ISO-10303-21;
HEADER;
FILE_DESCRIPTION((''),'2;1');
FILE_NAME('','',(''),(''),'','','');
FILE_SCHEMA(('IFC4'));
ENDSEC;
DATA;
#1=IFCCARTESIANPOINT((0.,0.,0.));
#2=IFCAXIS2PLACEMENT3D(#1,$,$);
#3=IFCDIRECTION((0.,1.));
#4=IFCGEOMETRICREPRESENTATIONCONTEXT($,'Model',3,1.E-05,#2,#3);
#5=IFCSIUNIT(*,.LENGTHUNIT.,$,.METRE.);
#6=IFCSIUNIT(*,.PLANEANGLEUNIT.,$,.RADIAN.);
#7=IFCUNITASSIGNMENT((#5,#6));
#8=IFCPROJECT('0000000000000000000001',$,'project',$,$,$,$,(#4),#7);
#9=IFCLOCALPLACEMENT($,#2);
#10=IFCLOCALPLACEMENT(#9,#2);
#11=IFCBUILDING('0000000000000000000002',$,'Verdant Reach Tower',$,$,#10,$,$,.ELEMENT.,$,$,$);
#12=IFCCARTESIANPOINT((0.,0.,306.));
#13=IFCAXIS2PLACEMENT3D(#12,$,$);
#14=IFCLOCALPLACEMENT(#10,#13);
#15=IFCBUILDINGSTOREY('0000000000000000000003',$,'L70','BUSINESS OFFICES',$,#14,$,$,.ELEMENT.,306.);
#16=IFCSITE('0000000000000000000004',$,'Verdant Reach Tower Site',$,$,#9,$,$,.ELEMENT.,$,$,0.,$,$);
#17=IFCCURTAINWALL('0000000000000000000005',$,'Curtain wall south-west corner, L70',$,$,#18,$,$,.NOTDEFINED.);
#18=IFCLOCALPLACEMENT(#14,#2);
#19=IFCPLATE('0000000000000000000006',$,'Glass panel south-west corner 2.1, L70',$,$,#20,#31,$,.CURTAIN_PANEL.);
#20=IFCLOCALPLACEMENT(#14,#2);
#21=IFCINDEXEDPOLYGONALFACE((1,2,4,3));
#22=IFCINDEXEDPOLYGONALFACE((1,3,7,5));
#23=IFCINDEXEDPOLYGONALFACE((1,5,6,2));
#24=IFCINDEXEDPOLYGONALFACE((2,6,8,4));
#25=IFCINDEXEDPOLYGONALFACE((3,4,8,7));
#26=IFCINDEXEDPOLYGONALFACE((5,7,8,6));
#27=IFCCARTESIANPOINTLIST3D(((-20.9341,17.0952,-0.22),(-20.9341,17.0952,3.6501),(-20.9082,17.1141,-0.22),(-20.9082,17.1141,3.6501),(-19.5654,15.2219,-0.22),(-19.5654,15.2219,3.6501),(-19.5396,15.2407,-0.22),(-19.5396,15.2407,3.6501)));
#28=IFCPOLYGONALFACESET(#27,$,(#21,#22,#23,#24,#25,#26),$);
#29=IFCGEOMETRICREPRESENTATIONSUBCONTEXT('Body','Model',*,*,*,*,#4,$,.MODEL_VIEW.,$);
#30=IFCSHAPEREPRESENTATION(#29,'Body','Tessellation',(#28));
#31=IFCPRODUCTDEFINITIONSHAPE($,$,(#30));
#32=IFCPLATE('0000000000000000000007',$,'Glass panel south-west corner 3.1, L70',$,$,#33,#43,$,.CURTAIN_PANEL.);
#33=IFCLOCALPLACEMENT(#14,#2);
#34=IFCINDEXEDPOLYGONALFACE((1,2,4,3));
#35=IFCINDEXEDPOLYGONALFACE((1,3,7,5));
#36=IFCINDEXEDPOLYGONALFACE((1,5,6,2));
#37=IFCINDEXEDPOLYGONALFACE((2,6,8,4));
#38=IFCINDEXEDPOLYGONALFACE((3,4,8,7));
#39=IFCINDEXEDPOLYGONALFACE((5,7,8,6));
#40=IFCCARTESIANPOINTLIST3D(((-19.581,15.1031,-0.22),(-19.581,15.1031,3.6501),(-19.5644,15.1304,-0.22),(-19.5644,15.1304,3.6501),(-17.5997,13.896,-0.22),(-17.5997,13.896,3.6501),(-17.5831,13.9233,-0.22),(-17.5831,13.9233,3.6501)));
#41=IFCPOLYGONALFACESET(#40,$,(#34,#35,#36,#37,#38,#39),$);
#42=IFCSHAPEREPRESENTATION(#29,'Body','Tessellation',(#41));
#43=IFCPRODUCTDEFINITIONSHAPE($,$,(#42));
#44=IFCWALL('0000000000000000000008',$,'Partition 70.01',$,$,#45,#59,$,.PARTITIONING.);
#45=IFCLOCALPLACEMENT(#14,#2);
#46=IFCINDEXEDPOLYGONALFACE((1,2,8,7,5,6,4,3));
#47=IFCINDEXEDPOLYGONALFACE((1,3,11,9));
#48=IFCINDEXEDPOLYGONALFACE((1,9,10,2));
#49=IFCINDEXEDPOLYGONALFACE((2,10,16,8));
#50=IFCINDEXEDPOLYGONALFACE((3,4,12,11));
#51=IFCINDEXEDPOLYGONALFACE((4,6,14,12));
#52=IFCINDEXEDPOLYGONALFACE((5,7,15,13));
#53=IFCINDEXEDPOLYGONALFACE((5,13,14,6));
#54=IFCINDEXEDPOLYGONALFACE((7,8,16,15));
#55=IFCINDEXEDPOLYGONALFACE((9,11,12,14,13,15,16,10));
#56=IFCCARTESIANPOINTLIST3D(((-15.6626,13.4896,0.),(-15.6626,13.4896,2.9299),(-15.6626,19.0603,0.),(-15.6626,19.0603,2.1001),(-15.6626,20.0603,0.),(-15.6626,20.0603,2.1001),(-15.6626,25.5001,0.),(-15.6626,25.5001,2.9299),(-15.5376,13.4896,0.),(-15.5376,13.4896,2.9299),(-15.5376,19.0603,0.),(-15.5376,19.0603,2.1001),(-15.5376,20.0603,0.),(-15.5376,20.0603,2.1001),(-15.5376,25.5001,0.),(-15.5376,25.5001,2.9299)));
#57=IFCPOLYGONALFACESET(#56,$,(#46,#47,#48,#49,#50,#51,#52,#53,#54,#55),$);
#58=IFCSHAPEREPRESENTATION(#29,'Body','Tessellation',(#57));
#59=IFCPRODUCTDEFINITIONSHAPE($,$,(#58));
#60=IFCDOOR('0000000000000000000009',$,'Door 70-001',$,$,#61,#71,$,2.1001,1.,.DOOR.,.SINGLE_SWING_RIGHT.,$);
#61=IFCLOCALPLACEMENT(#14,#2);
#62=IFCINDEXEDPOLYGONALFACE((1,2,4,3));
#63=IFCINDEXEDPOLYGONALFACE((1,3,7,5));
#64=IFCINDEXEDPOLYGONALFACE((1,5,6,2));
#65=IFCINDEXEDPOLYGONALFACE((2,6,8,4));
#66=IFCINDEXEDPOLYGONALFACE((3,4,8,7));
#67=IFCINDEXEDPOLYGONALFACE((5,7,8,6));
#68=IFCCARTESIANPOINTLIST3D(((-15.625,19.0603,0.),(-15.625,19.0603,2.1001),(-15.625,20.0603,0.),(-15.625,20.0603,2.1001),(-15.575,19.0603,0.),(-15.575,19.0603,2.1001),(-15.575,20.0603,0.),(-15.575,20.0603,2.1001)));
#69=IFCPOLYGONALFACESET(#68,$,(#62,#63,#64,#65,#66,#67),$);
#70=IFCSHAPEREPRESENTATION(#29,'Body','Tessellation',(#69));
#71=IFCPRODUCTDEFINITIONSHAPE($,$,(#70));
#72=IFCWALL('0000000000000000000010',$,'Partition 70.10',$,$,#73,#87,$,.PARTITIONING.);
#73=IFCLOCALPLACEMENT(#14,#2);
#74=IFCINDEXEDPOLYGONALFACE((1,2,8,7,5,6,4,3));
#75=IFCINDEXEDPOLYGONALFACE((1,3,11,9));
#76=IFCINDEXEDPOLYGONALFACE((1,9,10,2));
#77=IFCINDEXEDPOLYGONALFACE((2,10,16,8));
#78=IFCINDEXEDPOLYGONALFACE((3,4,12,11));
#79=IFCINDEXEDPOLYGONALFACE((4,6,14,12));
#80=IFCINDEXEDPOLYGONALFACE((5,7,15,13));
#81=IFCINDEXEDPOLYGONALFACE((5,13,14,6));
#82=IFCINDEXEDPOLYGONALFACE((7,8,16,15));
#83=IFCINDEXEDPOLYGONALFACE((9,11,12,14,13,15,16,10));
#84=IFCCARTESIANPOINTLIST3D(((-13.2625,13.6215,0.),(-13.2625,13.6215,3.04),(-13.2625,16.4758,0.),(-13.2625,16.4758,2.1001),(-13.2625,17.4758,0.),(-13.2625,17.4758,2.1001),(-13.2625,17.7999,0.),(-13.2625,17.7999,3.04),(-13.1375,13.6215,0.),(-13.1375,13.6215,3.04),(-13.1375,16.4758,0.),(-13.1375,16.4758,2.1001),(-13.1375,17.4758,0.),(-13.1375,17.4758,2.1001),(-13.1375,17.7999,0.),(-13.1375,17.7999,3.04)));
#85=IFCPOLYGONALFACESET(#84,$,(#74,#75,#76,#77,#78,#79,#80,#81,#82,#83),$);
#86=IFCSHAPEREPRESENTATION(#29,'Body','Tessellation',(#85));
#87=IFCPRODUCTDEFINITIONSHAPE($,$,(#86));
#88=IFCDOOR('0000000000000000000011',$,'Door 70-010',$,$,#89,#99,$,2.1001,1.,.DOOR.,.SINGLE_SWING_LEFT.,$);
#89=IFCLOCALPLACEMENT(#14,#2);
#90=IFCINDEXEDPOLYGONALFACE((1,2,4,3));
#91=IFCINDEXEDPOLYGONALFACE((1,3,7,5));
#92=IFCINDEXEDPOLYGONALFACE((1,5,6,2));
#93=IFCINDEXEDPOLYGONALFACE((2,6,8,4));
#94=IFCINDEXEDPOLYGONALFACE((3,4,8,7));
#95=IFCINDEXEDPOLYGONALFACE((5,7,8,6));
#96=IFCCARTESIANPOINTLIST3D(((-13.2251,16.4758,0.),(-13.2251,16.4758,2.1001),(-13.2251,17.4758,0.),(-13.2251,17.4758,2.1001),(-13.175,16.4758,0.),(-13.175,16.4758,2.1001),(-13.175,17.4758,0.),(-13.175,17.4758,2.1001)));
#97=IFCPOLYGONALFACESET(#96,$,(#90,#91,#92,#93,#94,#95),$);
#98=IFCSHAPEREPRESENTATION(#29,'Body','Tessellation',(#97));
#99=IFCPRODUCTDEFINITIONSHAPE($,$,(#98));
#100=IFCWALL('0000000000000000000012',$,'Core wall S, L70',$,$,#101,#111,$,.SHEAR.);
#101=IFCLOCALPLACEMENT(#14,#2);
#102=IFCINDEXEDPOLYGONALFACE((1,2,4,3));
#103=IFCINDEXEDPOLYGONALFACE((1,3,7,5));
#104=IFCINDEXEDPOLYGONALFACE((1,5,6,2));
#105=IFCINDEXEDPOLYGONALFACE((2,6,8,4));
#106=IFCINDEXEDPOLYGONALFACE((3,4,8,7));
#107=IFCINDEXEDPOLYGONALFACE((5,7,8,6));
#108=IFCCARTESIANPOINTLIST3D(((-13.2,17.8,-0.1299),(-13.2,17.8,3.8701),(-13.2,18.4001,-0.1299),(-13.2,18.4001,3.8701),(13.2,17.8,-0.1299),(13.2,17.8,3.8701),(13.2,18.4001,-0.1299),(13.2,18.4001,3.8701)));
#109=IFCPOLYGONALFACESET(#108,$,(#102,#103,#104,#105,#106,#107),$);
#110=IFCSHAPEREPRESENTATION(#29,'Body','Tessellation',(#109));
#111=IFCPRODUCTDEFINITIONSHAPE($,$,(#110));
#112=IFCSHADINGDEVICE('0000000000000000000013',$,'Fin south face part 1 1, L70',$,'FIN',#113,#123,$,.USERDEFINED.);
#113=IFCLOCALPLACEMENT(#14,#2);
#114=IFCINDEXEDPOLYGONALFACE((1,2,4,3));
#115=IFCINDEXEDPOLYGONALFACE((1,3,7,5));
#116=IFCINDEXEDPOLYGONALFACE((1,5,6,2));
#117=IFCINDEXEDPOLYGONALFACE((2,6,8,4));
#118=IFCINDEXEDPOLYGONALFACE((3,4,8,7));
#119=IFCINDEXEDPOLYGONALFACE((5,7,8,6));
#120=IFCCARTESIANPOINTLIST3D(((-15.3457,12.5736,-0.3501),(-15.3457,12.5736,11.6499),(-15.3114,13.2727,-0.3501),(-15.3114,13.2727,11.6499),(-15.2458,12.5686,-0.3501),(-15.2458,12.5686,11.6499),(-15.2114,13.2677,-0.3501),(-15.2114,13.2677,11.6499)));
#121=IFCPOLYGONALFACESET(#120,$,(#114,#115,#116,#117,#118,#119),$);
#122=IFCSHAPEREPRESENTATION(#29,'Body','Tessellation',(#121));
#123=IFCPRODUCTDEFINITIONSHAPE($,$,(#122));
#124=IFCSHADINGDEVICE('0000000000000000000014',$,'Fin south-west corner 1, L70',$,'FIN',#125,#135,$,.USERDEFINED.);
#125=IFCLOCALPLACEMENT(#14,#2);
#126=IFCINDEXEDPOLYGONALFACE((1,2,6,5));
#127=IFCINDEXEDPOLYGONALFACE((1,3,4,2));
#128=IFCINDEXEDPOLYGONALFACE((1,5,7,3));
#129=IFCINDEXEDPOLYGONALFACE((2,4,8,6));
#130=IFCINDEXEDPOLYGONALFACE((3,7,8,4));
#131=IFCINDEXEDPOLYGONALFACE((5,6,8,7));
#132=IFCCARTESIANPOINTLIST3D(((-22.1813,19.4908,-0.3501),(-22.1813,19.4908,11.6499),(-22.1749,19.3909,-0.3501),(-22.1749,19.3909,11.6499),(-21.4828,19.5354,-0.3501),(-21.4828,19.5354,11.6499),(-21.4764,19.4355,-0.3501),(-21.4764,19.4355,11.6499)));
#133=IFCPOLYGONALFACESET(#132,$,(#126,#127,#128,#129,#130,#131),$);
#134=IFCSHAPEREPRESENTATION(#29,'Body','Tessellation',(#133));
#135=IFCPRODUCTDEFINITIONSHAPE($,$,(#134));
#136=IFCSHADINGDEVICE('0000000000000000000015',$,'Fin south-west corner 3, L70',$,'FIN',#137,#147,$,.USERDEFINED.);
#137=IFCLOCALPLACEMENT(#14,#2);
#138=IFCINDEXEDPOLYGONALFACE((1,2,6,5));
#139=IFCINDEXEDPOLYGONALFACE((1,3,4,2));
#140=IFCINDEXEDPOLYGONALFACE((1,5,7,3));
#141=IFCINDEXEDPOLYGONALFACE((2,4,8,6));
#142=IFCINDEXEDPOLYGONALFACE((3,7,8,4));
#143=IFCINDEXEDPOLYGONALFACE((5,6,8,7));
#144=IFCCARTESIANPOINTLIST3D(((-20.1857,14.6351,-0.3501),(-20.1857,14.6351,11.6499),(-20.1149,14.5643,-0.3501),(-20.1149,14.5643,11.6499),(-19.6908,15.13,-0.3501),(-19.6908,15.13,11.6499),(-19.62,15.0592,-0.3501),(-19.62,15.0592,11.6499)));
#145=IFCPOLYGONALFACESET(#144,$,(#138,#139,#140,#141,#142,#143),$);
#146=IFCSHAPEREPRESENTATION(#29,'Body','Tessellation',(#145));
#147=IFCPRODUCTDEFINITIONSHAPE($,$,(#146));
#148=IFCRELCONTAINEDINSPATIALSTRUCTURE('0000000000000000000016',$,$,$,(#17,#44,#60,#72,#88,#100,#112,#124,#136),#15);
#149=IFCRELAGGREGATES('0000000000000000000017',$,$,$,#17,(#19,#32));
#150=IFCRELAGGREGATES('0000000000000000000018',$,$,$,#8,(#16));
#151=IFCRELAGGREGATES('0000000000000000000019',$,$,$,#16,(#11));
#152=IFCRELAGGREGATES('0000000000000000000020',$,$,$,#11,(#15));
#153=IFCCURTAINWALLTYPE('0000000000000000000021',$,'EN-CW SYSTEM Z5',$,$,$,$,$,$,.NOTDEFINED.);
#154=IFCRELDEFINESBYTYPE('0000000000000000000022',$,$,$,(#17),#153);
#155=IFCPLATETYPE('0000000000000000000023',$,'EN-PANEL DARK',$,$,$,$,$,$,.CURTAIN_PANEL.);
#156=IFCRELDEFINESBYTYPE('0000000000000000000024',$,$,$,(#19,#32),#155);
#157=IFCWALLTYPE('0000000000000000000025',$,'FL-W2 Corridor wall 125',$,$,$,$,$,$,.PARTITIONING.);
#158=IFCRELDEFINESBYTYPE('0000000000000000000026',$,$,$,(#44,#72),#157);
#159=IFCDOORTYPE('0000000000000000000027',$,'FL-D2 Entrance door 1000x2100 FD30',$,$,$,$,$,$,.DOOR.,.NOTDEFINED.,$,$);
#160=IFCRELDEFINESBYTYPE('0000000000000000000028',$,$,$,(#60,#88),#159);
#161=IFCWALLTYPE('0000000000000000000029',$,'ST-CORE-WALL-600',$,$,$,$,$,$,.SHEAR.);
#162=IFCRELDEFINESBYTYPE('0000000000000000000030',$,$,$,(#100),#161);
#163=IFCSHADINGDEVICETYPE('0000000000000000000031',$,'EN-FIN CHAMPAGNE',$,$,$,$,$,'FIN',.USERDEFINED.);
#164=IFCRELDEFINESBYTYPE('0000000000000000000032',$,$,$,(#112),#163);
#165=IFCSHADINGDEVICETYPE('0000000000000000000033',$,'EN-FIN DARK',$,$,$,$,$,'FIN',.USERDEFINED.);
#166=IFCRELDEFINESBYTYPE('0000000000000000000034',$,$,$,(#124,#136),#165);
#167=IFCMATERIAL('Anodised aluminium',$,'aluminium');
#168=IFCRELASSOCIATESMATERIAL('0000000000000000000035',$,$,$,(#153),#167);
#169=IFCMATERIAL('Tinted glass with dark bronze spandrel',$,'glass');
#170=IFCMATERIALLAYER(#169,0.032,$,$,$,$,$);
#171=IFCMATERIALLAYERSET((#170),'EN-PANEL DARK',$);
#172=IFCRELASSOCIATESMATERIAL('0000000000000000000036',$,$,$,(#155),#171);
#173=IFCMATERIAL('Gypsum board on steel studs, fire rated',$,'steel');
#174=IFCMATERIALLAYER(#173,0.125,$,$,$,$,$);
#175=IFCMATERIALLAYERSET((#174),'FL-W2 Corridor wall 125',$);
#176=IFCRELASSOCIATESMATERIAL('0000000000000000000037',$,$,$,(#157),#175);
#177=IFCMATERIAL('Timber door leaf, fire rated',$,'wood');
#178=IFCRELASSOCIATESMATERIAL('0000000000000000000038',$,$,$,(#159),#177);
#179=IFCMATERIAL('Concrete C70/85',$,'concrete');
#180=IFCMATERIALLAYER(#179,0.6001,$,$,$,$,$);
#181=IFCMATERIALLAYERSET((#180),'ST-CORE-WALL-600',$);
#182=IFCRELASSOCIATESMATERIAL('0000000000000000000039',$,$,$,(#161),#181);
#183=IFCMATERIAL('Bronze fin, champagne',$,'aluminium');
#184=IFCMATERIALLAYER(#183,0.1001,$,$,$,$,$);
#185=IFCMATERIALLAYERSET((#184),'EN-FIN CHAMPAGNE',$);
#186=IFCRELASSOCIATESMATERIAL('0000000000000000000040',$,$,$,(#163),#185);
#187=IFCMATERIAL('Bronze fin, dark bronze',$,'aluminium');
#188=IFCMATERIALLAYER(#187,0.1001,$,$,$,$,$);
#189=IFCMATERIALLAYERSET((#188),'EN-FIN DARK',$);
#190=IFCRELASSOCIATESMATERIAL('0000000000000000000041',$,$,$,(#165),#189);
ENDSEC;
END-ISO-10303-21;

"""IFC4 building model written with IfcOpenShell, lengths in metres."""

from ifc_helpers import new_model, si_unit, direction, frame, frame_2d, origin, origin_2d, place, context, subcontext, project, spatial, rectangle, extrude, material, layer, layer_set, type_object, element, fill, aggregate, save


model = new_model("IFC4")

# Units and contexts
model_context = context("Model", 3, precision=1e-05, world=origin(), true_north=direction((0.0, 1.0)))
body_context = subcontext(model_context, "Body", "Model", "MODEL_VIEW")
ifc_project = project(units=[si_unit("LENGTHUNIT", "METRE"), si_unit("PLANEANGLEUNIT", "RADIAN")], contexts=[model_context])

# Site, building, storey
site_placement = place(None, origin())
site = spatial("IfcSite", under=ifc_project, at=site_placement, Name="Verdant Reach Tower Site", CompositionType="ELEMENT", RefElevation=0.0)
building_placement = place(site_placement, origin())
building = spatial("IfcBuilding", under=site, at=building_placement, Name="Verdant Reach Tower", CompositionType="ELEMENT")
storey_placement = place(building_placement, frame((0.0, 0.0, 306.0)))
storey = spatial("IfcBuildingStorey", under=building, at=storey_placement, Name="L70", Description="BUSINESS OFFICES", CompositionType="ELEMENT", Elevation=306.0)

# Curtain wall
ifc_material_1 = material(Name="Anodised aluminium", Category="aluminium")
curtain_wall_type = type_object("IfcCurtainWallType", Name="EN-CW SYSTEM Z5", PredefinedType="NOTDEFINED", material=ifc_material_1)
curtain_wall_1_placement = place(storey_placement, origin())
curtain_wall_1 = element("IfcCurtainWall", 1, at=curtain_wall_1_placement, inside=storey, type_object=curtain_wall_type, Name="Curtain wall south-west corner, L70", PredefinedType="NOTDEFINED")

# Plates
ifc_material_2 = material(Name="Tinted glass with dark bronze spandrel", Category="glass")
ifc_layer_1 = layer(ifc_material_2, 0.032)
ifc_layer_set_1 = layer_set([ifc_layer_1], Name="EN-PANEL DARK")
plate_type_1 = type_object("IfcPlateType", Name="EN-PANEL DARK", PredefinedType="CURTAIN_PANEL", material=ifc_layer_set_1)
plate_1_placement = place(storey_placement, frame((-20.2368, 16.168, -0.22), z_axis=(0.0, 0.0, 1.0), x_axis=(0.589927, -0.807457, 0.0)))
plate_1 = element("IfcPlate", 2, at=plate_1_placement, type_object=plate_type_1, Name="Glass panel south-west corner 2.1, L70", PredefinedType="CURTAIN_PANEL", context=body_context, shape_type="SweptSolid", body=[
    extrude(rectangle(XDim=2.3201, YDim=0.032, at=origin_2d()), origin(), (0.0, 0.0, 1.0), 3.8701),
])
plate_2_placement = place(storey_placement, frame((-18.582, 14.5132, -0.22), z_axis=(0.0, 0.0, 1.0), x_axis=(0.853989, -0.520292, 0.0)))
plate_2 = element("IfcPlate", 3, at=plate_2_placement, type_object=plate_type_1, Name="Glass panel south-west corner 3.1, L70", PredefinedType="CURTAIN_PANEL", context=body_context, shape_type="SweptSolid", body=[
    extrude(rectangle(XDim=2.3201, YDim=0.032, at=origin_2d()), origin(), (0.0, 0.0, 1.0), 3.8701),
])
aggregate(curtain_wall_1, [plate_1, plate_2])

# Walls, openings, doors
ifc_material_3 = material(Name="Gypsum board on steel studs, fire rated", Category="steel")
ifc_layer_2 = layer(ifc_material_3, 0.125)
ifc_layer_set_2 = layer_set([ifc_layer_2], Name="FL-W2 Corridor wall 125")
wall_type_1 = type_object("IfcWallType", Name="FL-W2 Corridor wall 125", PredefinedType="PARTITIONING", material=ifc_layer_set_2)
wall_1_placement = place(storey_placement, frame((-15.6001, 13.4895, 0.0), z_axis=(0.0, 0.0, 1.0), x_axis=(0.0, 1.0, 0.0)))
wall_1 = element("IfcWall", 4, at=wall_1_placement, inside=storey, type_object=wall_type_1, Name="Partition 70.01", PredefinedType="PARTITIONING", context=body_context, shape_type="SweptSolid", body=[
    extrude(rectangle(XDim=12.0105, YDim=0.125, at=frame_2d((6.0054, 0.0))), origin(), (0.0, 0.0, 1.0), 2.9299),
])
opening_1_placement = place(wall_1_placement, frame((5.5708, 0.0, 0.0)))
opening_1 = element("IfcOpeningElement", 5, at=opening_1_placement, cuts=wall_1, PredefinedType="OPENING", context=body_context, shape_type="SweptSolid", body=[
    extrude(rectangle(XDim=1.0, YDim=2.1001, at=frame_2d((0.5, 1.05))), frame((0.0, 0.0725, 0.0), z_axis=(0.0, -1.0, 0.0), x_axis=(1.0, 0.0, 0.0)), (0.0, 0.0, 1.0), 0.145),
])
ifc_material_4 = material(Name="Timber door leaf, fire rated", Category="wood")
door_type = type_object("IfcDoorType", Name="FL-D2 Entrance door 1000x2100 FD30", OperationType="NOTDEFINED", PredefinedType="DOOR", material=ifc_material_4)
door_1_placement = place(opening_1_placement, origin())
door_1 = element("IfcDoor", 6, at=door_1_placement, inside=storey, type_object=door_type, Name="Door 70-001", OperationType="SINGLE_SWING_RIGHT", OverallHeight=2.1001, OverallWidth=1.0, PredefinedType="DOOR", context=body_context, shape_type="SweptSolid", body=[
    extrude(rectangle(XDim=1.0, YDim=2.1001, at=frame_2d((0.5, 1.05))), frame((0.0, 0.0249, 0.0), z_axis=(0.0, -1.0, 0.0), x_axis=(1.0, 0.0, 0.0)), (0.0, 0.0, 1.0), 0.05),
])
fill(opening_1, door_1)
wall_2_placement = place(storey_placement, frame((-13.2, 17.8, 0.0), z_axis=(0.0, 0.0, 1.0), x_axis=(0.0, -1.0, 0.0)))
wall_2 = element("IfcWall", 7, at=wall_2_placement, inside=storey, type_object=wall_type_1, Name="Partition 70.10", PredefinedType="PARTITIONING", context=body_context, shape_type="SweptSolid", body=[
    extrude(rectangle(XDim=4.1785, YDim=0.125, at=frame_2d((2.0894, 0.0))), origin(), (0.0, 0.0, 1.0), 3.04),
])
opening_2_placement = place(wall_2_placement, frame((0.3242, 0.0, 0.0)))
opening_2 = element("IfcOpeningElement", 8, at=opening_2_placement, cuts=wall_2, PredefinedType="OPENING", context=body_context, shape_type="SweptSolid", body=[
    extrude(rectangle(XDim=1.0, YDim=2.1001, at=frame_2d((0.5, 1.05))), frame((0.0, 0.0725, 0.0), z_axis=(0.0, -1.0, 0.0), x_axis=(1.0, 0.0, 0.0)), (0.0, 0.0, 1.0), 0.145),
])
door_2_placement = place(opening_2_placement, origin())
door_2 = element("IfcDoor", 9, at=door_2_placement, inside=storey, type_object=door_type, Name="Door 70-010", OperationType="SINGLE_SWING_LEFT", OverallHeight=2.1001, OverallWidth=1.0, PredefinedType="DOOR", context=body_context, shape_type="SweptSolid", body=[
    extrude(rectangle(XDim=1.0, YDim=2.1001, at=frame_2d((0.5, 1.05))), frame((0.0, 0.0249, 0.0), z_axis=(0.0, -1.0, 0.0), x_axis=(1.0, 0.0, 0.0)), (0.0, 0.0, 1.0), 0.05),
])
fill(opening_2, door_2)

# Wall
ifc_material_5 = material(Name="Concrete C70/85", Category="concrete")
ifc_layer_3 = layer(ifc_material_5, 0.6001)
ifc_layer_set_3 = layer_set([ifc_layer_3], Name="ST-CORE-WALL-600")
wall_type_2 = type_object("IfcWallType", Name="ST-CORE-WALL-600", PredefinedType="SHEAR", material=ifc_layer_set_3)
wall_3_placement = place(storey_placement, frame((-13.2, 18.1001, -0.1299), z_axis=(0.0, 0.0, 1.0), x_axis=(1.0, 0.0, 0.0)))
element("IfcWall", 10, at=wall_3_placement, inside=storey, type_object=wall_type_2, Name="Core wall S, L70", PredefinedType="SHEAR", context=body_context, shape_type="SweptSolid", body=[
    extrude(rectangle(XDim=26.3999, YDim=0.6001, at=frame_2d((13.2, 0.0))), origin(), (0.0, 0.0, 1.0), 4.0),
])

# Shading devices
ifc_material_6 = material(Name="Bronze fin, champagne", Category="aluminium")
ifc_layer_4 = layer(ifc_material_6, 0.1001)
ifc_layer_set_4 = layer_set([ifc_layer_4], Name="EN-FIN CHAMPAGNE")
shading_device_type_1 = type_object("IfcShadingDeviceType", Name="EN-FIN CHAMPAGNE", ElementType="FIN", PredefinedType="USERDEFINED", material=ifc_layer_set_4)
shading_device_placement = place(storey_placement, frame((-15.2786, 12.9207, -0.3501), z_axis=(0.0, 0.0, 1.0), x_axis=(0.998793, -0.049128, 0.0)))
element("IfcShadingDevice", 11, at=shading_device_placement, inside=storey, type_object=shading_device_type_1, Name="Fin south face part 1 1, L70", ObjectType="FIN", PredefinedType="USERDEFINED", context=body_context, shape_type="SweptSolid", body=[
    extrude(rectangle(XDim=0.1001, YDim=0.7, at=origin_2d()), origin(), (0.0, 0.0, 1.0), 12.0),
])
ifc_material_7 = material(Name="Bronze fin, dark bronze", Category="aluminium")
ifc_layer_5 = layer(ifc_material_7, 0.1001)
ifc_layer_set_5 = layer_set([ifc_layer_5], Name="EN-FIN DARK")
shading_device_type_2 = type_object("IfcShadingDeviceType", Name="EN-FIN DARK", ElementType="FIN", PredefinedType="USERDEFINED", material=ifc_layer_set_5)
for number, where, z_axis, x_axis, name in (
    (12, (-21.8289, 19.4631, -0.3501), (0.0, 0.0, 1.0), (0.063699, -0.997969, 0.0), "Fin south-west corner 1, L70"),
    (13, (-19.9028, 14.8472, -0.3501), (0.0, 0.0, 1.0), (0.707107, -0.707107, 0.0), "Fin south-west corner 3, L70"),
):
    element("IfcShadingDevice", number, at=place(storey_placement, frame(where, z_axis=z_axis, x_axis=x_axis)), inside=storey, type_object=shading_device_type_2, Name=name, ObjectType="FIN", PredefinedType="USERDEFINED", context=body_context, shape_type="SweptSolid", body=[
        extrude(rectangle(XDim=0.1001, YDim=0.7, at=origin_2d()), origin(), (0.0, 0.0, 1.0), 12.0),
    ])

save(model, "model.ifc")
